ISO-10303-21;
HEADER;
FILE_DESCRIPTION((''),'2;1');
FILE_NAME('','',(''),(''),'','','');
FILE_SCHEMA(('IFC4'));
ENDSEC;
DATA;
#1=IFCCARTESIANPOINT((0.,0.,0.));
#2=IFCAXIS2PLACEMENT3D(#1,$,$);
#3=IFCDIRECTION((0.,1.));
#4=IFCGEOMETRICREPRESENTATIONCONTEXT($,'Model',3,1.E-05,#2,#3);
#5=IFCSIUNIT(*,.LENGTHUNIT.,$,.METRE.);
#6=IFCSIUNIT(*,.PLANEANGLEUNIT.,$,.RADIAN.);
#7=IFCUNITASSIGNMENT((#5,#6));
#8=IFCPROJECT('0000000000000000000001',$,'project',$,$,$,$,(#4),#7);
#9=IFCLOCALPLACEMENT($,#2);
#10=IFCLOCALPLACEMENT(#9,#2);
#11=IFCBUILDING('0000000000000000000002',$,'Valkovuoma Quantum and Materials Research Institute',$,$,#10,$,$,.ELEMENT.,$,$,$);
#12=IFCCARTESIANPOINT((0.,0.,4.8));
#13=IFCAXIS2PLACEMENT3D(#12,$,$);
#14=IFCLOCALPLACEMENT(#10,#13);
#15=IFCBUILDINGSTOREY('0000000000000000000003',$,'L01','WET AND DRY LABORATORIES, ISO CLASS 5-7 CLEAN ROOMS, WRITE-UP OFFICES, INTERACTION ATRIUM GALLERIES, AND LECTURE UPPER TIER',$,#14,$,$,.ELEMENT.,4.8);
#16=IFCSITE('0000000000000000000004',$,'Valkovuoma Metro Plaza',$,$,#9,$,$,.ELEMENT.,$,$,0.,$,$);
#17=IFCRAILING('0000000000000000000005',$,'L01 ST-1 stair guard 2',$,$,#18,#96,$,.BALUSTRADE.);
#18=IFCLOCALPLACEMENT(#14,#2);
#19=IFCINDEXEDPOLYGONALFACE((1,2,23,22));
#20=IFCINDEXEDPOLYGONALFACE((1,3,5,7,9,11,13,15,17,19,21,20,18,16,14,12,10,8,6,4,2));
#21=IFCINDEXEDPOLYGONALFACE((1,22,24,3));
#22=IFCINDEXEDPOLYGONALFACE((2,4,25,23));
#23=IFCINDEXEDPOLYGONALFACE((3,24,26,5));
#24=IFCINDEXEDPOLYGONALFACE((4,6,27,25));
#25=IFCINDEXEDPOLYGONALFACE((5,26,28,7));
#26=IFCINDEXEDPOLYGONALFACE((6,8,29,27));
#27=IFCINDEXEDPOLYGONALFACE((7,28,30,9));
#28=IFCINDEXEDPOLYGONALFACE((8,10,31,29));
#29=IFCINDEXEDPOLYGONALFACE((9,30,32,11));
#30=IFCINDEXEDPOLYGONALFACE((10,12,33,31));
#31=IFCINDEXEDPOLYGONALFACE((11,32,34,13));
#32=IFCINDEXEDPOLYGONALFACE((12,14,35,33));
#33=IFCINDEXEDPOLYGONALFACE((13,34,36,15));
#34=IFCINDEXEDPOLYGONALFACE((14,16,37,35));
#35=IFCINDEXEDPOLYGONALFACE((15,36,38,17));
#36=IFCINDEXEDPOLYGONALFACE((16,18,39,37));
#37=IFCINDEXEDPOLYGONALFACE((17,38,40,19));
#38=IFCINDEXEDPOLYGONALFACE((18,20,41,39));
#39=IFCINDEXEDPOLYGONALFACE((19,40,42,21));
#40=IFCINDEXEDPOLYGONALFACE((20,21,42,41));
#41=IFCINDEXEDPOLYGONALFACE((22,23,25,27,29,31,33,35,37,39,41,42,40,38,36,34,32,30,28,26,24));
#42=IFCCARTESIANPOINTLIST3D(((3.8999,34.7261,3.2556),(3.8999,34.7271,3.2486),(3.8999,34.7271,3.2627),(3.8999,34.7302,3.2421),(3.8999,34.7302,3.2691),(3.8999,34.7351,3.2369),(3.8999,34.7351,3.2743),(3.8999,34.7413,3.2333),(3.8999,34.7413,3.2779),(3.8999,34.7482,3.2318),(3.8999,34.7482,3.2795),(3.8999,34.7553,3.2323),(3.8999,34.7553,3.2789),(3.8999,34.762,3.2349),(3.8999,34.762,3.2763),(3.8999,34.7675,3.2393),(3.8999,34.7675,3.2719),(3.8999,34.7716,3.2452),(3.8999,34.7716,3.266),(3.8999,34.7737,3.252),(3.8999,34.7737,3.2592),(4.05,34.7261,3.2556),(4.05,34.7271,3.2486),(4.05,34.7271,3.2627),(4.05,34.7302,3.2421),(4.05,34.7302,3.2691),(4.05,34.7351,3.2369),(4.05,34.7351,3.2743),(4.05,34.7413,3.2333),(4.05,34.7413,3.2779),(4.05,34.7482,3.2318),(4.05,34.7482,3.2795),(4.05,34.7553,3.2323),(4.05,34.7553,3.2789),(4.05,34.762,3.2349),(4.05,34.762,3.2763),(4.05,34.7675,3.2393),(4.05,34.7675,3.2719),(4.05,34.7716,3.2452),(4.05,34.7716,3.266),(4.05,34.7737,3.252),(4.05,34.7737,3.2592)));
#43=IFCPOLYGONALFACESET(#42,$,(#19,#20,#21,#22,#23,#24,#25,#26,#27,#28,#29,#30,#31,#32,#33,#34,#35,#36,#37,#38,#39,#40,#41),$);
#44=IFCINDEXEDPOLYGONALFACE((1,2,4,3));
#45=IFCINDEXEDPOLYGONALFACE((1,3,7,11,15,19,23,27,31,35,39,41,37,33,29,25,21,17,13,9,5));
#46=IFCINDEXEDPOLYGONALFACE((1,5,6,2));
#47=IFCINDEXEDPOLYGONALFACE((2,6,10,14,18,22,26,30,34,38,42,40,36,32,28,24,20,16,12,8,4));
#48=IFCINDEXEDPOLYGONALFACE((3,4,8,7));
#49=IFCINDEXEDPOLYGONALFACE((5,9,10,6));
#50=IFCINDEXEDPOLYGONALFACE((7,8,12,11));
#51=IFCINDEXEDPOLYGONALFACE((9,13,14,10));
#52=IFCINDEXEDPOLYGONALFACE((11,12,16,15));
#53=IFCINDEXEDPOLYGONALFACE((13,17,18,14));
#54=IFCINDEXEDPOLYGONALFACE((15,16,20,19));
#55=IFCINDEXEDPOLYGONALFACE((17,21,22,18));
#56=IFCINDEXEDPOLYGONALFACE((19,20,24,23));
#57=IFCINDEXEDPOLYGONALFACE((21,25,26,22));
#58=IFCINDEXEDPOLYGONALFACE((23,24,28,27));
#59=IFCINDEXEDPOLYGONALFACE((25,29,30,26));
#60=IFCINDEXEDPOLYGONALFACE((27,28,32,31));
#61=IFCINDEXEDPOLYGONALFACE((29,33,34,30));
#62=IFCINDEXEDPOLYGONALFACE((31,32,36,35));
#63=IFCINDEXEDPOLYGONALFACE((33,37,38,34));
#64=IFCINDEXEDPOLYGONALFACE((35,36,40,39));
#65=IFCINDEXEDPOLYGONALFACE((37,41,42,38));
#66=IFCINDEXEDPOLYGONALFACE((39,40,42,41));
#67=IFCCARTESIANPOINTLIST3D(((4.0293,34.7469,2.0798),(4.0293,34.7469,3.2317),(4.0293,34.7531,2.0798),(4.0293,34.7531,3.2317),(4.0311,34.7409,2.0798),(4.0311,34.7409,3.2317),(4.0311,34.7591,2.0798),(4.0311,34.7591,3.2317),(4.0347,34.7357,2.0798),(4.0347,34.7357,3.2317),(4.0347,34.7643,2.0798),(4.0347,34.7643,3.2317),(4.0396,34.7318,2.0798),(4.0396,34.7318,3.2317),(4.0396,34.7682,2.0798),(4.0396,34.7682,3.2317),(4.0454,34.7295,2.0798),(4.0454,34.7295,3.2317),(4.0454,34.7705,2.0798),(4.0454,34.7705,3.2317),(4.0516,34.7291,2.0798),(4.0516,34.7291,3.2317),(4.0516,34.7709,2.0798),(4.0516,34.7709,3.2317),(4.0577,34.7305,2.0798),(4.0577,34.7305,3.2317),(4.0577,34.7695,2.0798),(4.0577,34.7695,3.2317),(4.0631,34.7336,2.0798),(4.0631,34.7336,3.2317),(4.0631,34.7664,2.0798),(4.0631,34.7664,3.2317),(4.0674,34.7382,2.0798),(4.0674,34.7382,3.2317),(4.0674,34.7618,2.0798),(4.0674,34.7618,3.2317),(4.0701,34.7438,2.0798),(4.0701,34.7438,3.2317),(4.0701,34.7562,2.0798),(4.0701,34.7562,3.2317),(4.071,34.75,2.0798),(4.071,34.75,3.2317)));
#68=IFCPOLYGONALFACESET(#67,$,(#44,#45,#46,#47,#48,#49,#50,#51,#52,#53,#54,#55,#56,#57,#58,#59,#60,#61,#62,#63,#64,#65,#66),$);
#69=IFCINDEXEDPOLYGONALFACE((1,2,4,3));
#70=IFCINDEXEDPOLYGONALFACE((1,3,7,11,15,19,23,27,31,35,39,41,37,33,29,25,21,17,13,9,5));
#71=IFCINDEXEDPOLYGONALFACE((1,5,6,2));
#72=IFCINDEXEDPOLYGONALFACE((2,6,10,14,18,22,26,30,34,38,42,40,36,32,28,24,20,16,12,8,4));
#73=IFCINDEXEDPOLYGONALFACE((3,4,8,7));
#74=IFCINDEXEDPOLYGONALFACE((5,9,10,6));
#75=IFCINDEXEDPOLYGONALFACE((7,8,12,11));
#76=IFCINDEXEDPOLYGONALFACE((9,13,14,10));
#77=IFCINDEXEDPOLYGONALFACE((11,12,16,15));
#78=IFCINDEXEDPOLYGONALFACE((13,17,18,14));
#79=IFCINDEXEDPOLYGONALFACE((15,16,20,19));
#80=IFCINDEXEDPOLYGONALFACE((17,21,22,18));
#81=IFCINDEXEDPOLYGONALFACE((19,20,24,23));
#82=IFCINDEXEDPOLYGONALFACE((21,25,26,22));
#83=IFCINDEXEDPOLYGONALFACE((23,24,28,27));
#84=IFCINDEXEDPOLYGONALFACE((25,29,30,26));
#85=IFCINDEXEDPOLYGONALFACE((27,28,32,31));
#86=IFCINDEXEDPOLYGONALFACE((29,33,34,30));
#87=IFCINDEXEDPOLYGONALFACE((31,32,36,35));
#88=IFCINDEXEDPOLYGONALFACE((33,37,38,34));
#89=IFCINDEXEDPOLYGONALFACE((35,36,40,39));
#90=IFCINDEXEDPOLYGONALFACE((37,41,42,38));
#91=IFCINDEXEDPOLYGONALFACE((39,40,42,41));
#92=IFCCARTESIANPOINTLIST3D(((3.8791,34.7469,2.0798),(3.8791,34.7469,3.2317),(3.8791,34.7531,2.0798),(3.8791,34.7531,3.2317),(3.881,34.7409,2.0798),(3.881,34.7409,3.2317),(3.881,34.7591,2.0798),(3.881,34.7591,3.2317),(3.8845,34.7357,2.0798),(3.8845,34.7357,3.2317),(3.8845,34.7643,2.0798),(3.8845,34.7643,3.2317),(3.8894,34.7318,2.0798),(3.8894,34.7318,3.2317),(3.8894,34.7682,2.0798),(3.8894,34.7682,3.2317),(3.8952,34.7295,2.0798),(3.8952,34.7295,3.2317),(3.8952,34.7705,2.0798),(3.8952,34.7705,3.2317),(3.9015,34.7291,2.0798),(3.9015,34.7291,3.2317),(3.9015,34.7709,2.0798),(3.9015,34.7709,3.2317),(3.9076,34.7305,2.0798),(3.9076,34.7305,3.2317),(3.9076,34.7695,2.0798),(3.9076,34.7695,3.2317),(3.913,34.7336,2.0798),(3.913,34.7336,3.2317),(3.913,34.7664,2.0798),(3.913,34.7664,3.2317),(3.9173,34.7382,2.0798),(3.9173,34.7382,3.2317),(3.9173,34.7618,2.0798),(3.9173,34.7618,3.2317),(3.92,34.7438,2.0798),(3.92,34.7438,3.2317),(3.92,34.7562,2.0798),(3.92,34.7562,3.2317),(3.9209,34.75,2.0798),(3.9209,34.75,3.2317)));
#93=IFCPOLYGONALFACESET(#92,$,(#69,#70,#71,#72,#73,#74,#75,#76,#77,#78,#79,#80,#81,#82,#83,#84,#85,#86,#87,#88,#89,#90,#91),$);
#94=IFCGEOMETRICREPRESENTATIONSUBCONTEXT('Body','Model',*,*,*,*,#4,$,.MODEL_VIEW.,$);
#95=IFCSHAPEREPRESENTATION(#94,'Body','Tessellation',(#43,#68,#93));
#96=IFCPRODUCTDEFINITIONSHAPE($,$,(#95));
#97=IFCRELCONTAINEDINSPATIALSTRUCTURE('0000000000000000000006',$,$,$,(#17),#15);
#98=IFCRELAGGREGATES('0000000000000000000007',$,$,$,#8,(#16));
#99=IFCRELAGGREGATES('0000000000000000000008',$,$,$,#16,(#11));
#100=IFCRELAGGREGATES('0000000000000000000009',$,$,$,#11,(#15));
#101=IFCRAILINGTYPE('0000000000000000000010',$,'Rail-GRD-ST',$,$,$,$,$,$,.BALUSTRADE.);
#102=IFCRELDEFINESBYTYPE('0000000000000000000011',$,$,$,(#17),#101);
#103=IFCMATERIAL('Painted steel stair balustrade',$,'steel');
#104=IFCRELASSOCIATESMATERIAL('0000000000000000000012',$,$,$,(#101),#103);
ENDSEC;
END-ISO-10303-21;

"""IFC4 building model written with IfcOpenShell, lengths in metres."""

from ifc_helpers import new_model, si_unit, direction, frame, origin, origin_2d, place, context, subcontext, project, spatial, circle, extrude, material, type_object, element, save


model = new_model("IFC4")

# Units and contexts
model_context = context("Model", 3, precision=1e-05, world=origin(), true_north=direction((0.0, 1.0)))
body_context = subcontext(model_context, "Body", "Model", "MODEL_VIEW")
ifc_project = project(units=[si_unit("LENGTHUNIT", "METRE"), si_unit("PLANEANGLEUNIT", "RADIAN")], contexts=[model_context])

# Site, building, storey
site_placement = place(None, origin())
site = spatial("IfcSite", under=ifc_project, at=site_placement, Name="Valkovuoma Metro Plaza", CompositionType="ELEMENT", RefElevation=0.0)
building_placement = place(site_placement, origin())
building = spatial("IfcBuilding", under=site, at=building_placement, Name="Valkovuoma Quantum and Materials Research Institute", CompositionType="ELEMENT")
storey_placement = place(building_placement, frame((0.0, 0.0, 4.8)))
storey = spatial("IfcBuildingStorey", under=building, at=storey_placement, Name="L01", Description="WET AND DRY LABORATORIES, ISO CLASS 5-7 CLEAN ROOMS, WRITE-UP OFFICES, INTERACTION ATRIUM GALLERIES, AND LECTURE UPPER TIER", CompositionType="ELEMENT", Elevation=4.8)

# Railing
ifc_material_1 = material(Name="Painted steel stair balustrade", Category="steel")
railing_type_1 = type_object("IfcRailingType", Name="Rail-GRD-ST", PredefinedType="BALUSTRADE", material=ifc_material_1)
railing_1_placement = place(storey_placement, frame((4.05, 34.75, 2.0798)))
element("IfcRailing", 1, at=railing_1_placement, inside=storey, type_object=railing_type_1, Name="L01 ST-1 stair guard 2", PredefinedType="BALUSTRADE", context=body_context, shape_type="SweptSolid", body=[
    extrude(circle(Radius=0.0239, at=origin_2d()), frame((0.0, 0.0, 1.1758), z_axis=(-1.0, 0.0, 0.0), x_axis=(0.0, -1.0, 0.0)), (0.0, 0.0, 1.0), 0.1501),
    extrude(circle(Radius=0.021, at=origin_2d()), origin(), (0.0, 0.0, 1.0), 1.1519),
    extrude(circle(Radius=0.021, at=origin_2d()), frame((-0.1501, 0.0, 0.0)), (0.0, 0.0, 1.0), 1.1519),
])

save(model, "model.ifc")
